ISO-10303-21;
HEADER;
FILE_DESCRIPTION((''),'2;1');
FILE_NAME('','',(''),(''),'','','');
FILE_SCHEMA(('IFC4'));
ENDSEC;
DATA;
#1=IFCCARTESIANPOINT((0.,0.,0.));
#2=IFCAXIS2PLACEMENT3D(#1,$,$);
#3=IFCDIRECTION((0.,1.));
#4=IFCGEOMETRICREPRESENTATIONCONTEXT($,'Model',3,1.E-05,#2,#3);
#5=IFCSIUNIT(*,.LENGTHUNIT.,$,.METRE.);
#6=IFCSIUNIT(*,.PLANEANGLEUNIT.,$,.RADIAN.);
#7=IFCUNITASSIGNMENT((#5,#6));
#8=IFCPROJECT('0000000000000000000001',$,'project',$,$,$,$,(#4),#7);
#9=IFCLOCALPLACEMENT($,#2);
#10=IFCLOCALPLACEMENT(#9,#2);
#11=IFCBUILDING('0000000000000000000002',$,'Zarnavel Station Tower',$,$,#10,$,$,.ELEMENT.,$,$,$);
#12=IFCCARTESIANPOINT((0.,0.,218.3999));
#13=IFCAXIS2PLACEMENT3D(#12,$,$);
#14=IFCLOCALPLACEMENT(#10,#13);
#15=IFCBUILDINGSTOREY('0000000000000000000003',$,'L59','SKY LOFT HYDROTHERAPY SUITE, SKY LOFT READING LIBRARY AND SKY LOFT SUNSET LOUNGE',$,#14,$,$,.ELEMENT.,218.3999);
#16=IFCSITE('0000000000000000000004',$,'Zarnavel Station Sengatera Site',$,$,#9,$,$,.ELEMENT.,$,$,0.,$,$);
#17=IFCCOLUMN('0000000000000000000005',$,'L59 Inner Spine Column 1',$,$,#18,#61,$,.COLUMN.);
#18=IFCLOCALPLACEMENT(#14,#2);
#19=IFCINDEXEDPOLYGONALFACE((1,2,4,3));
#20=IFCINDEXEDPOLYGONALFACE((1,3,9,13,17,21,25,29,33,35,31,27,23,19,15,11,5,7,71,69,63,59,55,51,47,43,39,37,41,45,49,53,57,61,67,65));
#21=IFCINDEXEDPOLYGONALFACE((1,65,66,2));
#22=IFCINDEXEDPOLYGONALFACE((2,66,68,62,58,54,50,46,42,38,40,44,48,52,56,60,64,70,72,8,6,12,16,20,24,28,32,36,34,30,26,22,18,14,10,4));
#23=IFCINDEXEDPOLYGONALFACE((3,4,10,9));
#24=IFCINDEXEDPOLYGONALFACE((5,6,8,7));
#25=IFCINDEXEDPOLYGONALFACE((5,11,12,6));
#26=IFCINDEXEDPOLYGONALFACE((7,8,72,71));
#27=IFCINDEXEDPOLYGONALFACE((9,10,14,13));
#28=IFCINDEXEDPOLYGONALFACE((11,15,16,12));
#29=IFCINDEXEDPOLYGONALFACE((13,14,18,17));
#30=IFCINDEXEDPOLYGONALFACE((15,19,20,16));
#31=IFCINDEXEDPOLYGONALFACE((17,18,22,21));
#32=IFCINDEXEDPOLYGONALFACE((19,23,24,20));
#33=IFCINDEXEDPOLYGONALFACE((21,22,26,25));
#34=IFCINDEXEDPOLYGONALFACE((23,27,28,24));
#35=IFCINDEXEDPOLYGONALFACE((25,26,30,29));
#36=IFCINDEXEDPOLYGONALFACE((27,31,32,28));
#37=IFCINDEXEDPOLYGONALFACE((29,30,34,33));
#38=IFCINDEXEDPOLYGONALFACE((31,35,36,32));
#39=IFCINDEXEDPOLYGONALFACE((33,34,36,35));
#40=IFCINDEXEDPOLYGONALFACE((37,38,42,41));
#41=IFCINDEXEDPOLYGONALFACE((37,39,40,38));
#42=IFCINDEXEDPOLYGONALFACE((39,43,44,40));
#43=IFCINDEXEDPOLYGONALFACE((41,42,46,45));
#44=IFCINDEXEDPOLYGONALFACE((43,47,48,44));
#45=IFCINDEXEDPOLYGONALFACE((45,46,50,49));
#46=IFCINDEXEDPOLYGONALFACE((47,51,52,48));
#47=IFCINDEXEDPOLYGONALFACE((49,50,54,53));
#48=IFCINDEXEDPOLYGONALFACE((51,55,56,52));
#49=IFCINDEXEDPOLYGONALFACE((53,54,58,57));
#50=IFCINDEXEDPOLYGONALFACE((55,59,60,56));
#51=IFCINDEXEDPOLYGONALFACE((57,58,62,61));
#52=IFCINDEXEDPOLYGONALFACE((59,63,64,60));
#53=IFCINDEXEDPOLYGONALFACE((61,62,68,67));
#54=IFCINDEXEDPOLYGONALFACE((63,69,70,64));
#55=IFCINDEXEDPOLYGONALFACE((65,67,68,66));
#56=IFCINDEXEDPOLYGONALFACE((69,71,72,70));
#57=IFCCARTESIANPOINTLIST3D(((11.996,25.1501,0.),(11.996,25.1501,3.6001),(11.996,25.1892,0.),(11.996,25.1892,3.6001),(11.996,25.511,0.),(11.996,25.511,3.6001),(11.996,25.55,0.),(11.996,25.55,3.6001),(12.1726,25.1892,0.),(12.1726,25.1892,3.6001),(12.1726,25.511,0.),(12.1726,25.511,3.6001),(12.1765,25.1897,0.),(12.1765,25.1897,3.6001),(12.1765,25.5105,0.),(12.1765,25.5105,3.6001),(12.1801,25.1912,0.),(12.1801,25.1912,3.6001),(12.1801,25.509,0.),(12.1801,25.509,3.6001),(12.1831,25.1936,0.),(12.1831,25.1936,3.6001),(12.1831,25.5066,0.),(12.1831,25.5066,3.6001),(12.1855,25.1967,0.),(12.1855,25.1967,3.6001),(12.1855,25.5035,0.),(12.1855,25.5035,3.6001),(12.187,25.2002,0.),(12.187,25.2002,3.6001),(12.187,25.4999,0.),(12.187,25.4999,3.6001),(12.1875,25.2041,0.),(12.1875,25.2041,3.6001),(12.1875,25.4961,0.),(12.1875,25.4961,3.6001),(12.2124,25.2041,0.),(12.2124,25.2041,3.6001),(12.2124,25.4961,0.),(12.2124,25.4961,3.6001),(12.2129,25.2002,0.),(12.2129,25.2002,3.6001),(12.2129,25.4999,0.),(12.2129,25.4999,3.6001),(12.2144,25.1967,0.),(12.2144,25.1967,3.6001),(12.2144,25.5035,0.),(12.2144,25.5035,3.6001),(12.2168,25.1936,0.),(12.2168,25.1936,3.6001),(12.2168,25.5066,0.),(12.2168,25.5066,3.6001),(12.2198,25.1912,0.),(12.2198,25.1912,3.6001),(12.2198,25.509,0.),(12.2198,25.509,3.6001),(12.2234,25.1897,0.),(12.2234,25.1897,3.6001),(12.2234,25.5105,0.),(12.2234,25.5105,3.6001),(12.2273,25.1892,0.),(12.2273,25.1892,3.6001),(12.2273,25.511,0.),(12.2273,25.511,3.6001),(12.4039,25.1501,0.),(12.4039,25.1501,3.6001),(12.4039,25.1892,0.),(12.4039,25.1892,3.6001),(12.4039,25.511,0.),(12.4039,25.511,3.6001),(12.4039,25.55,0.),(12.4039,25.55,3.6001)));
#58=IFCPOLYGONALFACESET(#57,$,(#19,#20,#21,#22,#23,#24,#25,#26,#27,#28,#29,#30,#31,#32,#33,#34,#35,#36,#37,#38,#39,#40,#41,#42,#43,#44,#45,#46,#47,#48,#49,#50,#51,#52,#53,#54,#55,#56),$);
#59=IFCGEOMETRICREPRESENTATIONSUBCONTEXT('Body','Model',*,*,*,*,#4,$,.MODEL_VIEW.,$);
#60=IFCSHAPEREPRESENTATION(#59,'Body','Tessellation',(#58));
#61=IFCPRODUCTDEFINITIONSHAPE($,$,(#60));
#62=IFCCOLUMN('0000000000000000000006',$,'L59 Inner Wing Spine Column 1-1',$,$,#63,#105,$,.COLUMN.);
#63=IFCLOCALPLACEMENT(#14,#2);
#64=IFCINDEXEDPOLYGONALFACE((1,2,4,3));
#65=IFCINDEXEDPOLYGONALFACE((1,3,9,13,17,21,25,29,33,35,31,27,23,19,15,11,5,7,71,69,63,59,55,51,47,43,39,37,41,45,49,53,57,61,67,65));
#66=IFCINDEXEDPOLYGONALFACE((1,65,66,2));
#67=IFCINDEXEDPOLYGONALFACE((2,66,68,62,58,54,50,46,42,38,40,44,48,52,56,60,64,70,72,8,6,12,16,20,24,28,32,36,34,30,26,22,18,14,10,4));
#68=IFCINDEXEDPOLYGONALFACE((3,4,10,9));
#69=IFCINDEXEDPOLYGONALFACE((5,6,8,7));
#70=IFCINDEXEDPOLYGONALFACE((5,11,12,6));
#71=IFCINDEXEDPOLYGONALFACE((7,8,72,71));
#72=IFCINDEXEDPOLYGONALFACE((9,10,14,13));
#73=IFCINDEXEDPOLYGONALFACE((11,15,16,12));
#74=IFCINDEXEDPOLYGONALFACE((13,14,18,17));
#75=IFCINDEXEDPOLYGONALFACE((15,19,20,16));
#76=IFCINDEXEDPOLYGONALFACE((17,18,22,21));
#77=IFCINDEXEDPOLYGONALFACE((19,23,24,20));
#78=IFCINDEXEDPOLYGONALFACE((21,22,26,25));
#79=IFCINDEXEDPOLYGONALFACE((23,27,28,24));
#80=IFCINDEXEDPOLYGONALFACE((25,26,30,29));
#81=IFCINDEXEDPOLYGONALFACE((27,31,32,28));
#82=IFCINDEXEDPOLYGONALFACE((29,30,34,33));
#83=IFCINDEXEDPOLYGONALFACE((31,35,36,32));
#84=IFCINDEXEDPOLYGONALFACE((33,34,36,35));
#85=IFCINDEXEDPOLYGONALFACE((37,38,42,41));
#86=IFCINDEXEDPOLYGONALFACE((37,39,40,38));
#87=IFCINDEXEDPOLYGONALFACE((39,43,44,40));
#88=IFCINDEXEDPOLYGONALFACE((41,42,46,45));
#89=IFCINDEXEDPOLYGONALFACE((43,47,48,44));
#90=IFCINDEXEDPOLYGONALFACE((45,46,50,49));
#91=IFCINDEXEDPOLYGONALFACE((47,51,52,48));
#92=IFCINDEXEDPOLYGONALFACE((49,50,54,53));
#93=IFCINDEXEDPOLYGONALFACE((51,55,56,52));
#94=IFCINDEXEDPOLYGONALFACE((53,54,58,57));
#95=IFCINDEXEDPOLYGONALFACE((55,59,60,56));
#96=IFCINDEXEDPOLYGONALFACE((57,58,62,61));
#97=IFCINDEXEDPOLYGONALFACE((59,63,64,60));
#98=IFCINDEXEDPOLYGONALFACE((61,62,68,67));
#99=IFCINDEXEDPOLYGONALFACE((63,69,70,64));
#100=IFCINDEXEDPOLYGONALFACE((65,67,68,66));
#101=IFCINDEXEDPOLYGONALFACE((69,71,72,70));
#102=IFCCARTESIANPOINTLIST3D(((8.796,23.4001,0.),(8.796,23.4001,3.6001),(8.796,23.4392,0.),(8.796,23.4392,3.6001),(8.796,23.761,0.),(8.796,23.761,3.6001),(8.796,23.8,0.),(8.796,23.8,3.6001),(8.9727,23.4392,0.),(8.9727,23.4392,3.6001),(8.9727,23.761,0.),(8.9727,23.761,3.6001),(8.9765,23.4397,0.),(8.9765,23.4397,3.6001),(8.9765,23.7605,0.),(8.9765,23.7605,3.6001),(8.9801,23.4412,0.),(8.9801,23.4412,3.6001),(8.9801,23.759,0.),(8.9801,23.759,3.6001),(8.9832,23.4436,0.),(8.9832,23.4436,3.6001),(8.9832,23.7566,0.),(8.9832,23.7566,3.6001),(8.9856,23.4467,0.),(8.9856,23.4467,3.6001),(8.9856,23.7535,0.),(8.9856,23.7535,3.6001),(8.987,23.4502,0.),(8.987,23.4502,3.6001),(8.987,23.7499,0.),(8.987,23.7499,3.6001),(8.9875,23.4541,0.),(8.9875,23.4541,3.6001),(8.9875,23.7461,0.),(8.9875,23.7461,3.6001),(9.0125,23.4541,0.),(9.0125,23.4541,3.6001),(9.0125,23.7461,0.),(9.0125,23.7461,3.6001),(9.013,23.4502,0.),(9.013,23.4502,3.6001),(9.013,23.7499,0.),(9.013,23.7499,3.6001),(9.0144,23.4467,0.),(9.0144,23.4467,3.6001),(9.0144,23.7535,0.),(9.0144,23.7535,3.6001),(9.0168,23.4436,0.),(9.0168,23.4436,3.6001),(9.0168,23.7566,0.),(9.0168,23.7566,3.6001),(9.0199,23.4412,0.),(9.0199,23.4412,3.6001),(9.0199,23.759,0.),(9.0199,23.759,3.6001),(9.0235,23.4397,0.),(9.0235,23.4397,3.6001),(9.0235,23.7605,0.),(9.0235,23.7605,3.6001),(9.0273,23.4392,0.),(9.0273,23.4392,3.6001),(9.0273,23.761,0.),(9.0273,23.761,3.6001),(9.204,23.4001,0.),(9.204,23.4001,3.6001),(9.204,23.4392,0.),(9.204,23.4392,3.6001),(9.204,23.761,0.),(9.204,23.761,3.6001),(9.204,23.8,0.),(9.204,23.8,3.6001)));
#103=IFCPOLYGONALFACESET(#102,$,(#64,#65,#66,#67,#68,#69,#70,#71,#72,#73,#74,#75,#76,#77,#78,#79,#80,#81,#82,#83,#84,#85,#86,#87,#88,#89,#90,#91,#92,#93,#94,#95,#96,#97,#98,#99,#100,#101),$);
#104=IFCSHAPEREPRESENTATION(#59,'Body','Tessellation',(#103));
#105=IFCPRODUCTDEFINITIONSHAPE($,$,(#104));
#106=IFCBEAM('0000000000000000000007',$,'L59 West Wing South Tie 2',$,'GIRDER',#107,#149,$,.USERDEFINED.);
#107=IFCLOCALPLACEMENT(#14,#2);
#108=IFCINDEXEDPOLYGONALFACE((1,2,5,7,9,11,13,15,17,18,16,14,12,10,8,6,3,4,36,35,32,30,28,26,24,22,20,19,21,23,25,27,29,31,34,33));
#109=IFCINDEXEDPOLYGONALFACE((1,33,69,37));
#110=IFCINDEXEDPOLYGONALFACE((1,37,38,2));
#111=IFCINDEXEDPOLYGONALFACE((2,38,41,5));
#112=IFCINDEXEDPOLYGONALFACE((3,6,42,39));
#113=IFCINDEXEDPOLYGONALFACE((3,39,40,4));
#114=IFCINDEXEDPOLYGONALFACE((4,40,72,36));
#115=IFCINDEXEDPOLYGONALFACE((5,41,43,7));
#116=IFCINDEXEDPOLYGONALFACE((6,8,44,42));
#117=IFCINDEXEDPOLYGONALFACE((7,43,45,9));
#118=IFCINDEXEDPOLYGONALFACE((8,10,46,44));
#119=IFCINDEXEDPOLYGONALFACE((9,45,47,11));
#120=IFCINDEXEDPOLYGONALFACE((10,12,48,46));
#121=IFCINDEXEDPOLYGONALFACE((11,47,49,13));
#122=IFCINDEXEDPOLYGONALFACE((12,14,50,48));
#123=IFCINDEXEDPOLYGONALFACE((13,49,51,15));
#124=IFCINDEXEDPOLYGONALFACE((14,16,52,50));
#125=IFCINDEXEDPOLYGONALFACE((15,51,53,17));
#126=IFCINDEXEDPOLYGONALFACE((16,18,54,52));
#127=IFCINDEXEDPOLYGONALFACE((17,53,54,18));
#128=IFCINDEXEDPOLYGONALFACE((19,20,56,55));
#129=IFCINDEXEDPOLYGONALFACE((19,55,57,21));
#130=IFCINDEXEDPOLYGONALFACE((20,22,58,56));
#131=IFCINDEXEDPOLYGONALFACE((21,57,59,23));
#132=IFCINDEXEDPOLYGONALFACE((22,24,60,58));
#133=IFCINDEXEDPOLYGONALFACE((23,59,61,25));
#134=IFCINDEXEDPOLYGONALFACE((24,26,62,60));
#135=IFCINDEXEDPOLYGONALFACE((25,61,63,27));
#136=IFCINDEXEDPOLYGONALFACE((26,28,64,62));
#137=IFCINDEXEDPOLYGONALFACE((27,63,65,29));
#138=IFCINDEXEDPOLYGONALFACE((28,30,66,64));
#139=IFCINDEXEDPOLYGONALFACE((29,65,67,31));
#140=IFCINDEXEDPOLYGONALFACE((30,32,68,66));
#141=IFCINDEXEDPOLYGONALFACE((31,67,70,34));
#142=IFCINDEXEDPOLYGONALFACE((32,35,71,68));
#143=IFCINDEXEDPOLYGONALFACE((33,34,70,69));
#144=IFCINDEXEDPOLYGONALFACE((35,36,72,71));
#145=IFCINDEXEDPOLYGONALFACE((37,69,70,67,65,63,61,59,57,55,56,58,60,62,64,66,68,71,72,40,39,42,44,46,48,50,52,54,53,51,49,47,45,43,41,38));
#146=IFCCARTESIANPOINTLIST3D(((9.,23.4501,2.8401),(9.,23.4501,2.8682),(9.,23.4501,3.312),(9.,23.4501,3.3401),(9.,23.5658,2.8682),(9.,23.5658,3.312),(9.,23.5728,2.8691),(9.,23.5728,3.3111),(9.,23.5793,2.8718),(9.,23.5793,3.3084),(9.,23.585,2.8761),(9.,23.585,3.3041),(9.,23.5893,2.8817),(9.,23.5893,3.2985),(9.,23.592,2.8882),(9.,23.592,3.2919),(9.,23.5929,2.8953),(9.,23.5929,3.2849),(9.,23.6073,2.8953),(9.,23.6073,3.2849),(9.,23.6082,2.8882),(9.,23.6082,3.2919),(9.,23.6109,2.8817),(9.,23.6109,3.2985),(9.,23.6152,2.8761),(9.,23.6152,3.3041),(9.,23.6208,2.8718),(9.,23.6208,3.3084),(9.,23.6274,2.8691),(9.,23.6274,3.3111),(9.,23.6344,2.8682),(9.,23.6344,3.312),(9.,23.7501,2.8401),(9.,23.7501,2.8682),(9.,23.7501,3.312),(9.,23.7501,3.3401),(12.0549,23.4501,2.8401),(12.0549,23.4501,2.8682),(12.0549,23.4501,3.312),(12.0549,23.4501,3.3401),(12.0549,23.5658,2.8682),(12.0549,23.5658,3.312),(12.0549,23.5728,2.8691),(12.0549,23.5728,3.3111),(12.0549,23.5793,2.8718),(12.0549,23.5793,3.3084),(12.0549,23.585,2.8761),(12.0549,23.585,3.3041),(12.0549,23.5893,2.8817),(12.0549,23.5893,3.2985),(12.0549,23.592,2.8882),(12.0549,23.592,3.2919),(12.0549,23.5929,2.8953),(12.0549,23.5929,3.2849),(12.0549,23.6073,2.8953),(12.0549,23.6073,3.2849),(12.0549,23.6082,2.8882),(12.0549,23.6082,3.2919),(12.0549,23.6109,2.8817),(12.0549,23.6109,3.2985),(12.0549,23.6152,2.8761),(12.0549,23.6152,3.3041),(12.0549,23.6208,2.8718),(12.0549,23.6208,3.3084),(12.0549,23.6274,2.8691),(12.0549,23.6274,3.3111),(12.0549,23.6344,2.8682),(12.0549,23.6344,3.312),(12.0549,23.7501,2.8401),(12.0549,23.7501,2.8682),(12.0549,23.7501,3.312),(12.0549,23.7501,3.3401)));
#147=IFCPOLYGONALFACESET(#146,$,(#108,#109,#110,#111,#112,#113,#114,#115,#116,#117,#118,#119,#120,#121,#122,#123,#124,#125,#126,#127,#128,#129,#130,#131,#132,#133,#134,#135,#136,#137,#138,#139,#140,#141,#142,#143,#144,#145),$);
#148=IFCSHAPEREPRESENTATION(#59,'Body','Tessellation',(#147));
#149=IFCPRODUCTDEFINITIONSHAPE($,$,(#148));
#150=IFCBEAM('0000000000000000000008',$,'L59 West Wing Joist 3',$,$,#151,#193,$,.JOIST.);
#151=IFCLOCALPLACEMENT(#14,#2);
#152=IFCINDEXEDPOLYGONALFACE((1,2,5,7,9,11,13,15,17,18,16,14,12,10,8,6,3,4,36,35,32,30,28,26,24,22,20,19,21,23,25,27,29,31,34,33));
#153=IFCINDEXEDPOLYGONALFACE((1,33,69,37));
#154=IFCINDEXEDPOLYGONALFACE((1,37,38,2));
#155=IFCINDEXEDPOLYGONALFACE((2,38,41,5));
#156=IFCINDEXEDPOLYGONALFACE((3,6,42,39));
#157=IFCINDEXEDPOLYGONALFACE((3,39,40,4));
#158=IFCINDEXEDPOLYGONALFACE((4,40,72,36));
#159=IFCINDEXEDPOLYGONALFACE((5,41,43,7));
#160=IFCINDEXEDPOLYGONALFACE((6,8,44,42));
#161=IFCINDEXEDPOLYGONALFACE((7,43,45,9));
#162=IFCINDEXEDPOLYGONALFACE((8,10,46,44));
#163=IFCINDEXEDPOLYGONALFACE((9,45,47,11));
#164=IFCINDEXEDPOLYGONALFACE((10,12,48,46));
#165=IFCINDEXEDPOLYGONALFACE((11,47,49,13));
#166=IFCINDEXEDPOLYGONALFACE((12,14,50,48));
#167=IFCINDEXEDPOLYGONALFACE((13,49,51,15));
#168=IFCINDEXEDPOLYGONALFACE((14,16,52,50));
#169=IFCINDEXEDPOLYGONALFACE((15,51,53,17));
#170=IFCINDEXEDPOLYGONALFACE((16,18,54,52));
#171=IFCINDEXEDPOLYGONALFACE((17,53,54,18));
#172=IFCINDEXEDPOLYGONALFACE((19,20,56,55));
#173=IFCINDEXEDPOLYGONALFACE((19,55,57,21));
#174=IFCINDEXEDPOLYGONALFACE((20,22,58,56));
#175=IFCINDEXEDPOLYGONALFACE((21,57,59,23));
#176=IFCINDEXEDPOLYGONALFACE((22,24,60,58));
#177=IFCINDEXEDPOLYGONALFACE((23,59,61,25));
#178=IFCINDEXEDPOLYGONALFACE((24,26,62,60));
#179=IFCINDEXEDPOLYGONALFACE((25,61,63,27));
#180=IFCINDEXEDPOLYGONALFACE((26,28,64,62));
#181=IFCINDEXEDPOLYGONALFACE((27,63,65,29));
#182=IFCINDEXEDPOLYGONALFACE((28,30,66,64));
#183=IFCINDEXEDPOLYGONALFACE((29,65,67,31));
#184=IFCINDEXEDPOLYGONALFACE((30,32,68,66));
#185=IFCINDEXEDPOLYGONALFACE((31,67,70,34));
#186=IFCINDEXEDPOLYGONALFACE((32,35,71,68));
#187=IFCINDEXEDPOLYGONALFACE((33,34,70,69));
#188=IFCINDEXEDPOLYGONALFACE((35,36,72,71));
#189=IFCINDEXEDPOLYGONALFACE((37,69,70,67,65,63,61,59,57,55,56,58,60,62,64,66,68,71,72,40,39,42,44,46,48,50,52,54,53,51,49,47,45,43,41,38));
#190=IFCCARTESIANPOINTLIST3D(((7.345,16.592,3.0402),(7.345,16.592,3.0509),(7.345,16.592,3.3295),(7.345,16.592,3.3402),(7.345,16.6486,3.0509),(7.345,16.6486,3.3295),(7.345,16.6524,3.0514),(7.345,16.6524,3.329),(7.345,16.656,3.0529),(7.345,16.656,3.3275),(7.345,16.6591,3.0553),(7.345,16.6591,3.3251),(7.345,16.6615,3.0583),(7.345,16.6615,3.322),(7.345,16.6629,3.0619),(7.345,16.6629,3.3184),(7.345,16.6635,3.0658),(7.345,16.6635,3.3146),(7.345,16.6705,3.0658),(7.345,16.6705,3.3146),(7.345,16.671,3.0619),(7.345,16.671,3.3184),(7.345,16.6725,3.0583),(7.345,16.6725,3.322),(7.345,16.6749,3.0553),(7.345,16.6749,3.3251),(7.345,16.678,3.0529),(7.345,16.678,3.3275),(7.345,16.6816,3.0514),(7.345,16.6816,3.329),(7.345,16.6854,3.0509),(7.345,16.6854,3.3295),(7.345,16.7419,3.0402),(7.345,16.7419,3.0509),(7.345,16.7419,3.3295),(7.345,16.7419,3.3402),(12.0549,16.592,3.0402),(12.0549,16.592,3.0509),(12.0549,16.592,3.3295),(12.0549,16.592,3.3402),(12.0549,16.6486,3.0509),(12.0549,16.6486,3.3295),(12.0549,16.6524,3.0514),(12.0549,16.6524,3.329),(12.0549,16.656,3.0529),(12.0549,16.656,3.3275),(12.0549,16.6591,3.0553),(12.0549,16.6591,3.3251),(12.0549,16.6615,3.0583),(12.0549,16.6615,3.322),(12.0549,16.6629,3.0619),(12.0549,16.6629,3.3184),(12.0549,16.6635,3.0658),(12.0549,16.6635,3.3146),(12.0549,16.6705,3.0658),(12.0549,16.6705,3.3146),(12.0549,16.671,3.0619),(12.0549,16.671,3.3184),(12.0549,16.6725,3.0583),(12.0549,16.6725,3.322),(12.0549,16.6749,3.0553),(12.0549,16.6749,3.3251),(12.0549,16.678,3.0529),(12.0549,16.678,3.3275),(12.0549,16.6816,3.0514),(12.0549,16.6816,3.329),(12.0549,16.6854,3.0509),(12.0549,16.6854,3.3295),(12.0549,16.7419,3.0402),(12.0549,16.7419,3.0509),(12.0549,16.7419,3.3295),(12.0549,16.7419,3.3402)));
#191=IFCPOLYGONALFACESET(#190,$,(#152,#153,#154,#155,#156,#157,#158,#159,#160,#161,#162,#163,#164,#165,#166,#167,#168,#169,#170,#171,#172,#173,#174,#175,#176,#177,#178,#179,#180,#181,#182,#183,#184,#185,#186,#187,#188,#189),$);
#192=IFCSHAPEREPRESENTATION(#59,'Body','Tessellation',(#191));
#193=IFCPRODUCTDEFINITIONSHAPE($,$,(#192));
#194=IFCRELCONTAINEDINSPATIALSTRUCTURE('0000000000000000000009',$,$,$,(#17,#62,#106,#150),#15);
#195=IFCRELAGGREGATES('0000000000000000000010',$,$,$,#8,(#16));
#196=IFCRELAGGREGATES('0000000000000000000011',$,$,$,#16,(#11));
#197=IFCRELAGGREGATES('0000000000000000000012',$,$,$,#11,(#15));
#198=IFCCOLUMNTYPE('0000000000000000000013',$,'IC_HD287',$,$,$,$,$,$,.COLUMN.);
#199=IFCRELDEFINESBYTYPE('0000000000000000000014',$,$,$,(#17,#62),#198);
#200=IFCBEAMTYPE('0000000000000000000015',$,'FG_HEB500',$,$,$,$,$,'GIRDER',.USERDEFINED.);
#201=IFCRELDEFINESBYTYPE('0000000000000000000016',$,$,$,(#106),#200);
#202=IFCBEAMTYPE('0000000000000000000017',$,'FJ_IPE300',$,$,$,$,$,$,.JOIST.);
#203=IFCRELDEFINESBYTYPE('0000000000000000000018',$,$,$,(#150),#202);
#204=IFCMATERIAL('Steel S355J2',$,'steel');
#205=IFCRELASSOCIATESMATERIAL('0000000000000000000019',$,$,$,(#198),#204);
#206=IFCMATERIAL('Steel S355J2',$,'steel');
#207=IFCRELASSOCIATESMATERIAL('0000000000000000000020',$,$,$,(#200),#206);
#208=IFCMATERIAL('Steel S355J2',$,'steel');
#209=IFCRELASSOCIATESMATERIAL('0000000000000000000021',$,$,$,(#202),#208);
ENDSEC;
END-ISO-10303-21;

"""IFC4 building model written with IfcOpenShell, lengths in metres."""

from ifc_helpers import new_model, si_unit, direction, frame, origin, origin_2d, place, context, subcontext, project, spatial, i_section, extrude, material, material_profile, profile_set, type_object, element, save


model = new_model("IFC4")

# Units and contexts
model_context = context("Model", 3, precision=1e-05, world=origin(), true_north=direction((0.0, 1.0)))
body_context = subcontext(model_context, "Body", "Model", "MODEL_VIEW")
ifc_project = project(units=[si_unit("LENGTHUNIT", "METRE"), si_unit("PLANEANGLEUNIT", "RADIAN")], contexts=[model_context])

# Site, building, storey
site_placement = place(None, origin())
site = spatial("IfcSite", under=ifc_project, at=site_placement, Name="Zarnavel Station Sengatera Site", CompositionType="ELEMENT", RefElevation=0.0)
building_placement = place(site_placement, origin())
building = spatial("IfcBuilding", under=site, at=building_placement, Name="Zarnavel Station Tower", CompositionType="ELEMENT")
storey_placement = place(building_placement, frame((0.0, 0.0, 218.3999)))
storey = spatial("IfcBuildingStorey", under=building, at=storey_placement, Name="L59", Description="SKY LOFT HYDROTHERAPY SUITE, SKY LOFT READING LIBRARY AND SKY LOFT SUNSET LOUNGE", CompositionType="ELEMENT", Elevation=218.3999)

# Columns
ifc_material_1 = material(Name="Steel S355J2", Category="steel")
ifc_material_profile_1 = material_profile(ifc_material_1, i_section(OverallWidth=0.408, OverallDepth=0.3999, WebThickness=0.0249, FlangeThickness=0.0391, FilletRadius=0.0149, at=origin_2d()), Name="HD400x287")
ifc_profile_set_1 = profile_set([ifc_material_profile_1], Name="Steel S355J2")
column_type = type_object("IfcColumnType", Name="IC_HD287", PredefinedType="COLUMN", material=ifc_profile_set_1)
for number, where, z_axis, x_axis, name in (
    (1, (12.2, 25.3501, 0.0), (0.0, 0.0, 1.0), (1.0, 0.0, 0.0), "L59 Inner Spine Column 1"),
    (2, (9.0, 23.6001, 0.0), (0.0, 0.0, 1.0), (1.0, 0.0, 0.0), "L59 Inner Wing Spine Column 1-1"),
):
    element("IfcColumn", number, at=place(storey_placement, frame(where, z_axis=z_axis, x_axis=x_axis)), inside=storey, type_object=column_type, Name=name, PredefinedType="COLUMN", context=body_context, shape_type="SweptSolid", body=[
        extrude(i_section(OverallWidth=0.408, OverallDepth=0.3999, WebThickness=0.0249, FlangeThickness=0.0391, FilletRadius=0.0149, at=origin_2d()), origin(), (0.0, 0.0, 1.0), 3.6001),
    ])

# Beams
ifc_material_2 = material(Name="Steel S355J2", Category="steel")
ifc_material_profile_2 = material_profile(ifc_material_2, i_section(OverallWidth=0.3, OverallDepth=0.5, WebThickness=0.0144, FlangeThickness=0.0281, FilletRadius=0.0271, at=origin_2d()), Name="HEB500")
ifc_profile_set_2 = profile_set([ifc_material_profile_2], Name="Steel S355J2")
beam_type_1 = type_object("IfcBeamType", Name="FG_HEB500", ElementType="GIRDER", PredefinedType="USERDEFINED", material=ifc_profile_set_2)
beam_placement = place(storey_placement, frame((9.0, 23.6001, 3.0901), z_axis=(1.0, 0.0, 0.0), x_axis=(0.0, 1.0, 0.0)))
element("IfcBeam", 3, at=beam_placement, inside=storey, type_object=beam_type_1, Name="L59 West Wing South Tie 2", ObjectType="GIRDER", PredefinedType="USERDEFINED", context=body_context, shape_type="SweptSolid", body=[
    extrude(i_section(OverallWidth=0.3, OverallDepth=0.5, WebThickness=0.0144, FlangeThickness=0.0281, FilletRadius=0.0271, at=origin_2d()), origin(), (0.0, 0.0, 1.0), 3.0549),
])
ifc_material_3 = material(Name="Steel S355J2", Category="steel")
ifc_material_profile_3 = material_profile(ifc_material_3, i_section(OverallWidth=0.1499, OverallDepth=0.3, WebThickness=0.0071, FlangeThickness=0.0107, FilletRadius=0.0149, at=origin_2d()), Name="IPE300")
ifc_profile_set_3 = profile_set([ifc_material_profile_3], Name="Steel S355J2")
beam_type_2 = type_object("IfcBeamType", Name="FJ_IPE300", PredefinedType="JOIST", material=ifc_profile_set_3)
for number, where, z_axis, x_axis, name in (
    (4, (7.345, 16.667, 3.1902), (1.0, 0.0, 0.0), (0.0, 1.0, 0.0), "L59 West Wing Joist 3"),
):
    element("IfcBeam", number, at=place(storey_placement, frame(where, z_axis=z_axis, x_axis=x_axis)), inside=storey, type_object=beam_type_2, Name=name, PredefinedType="JOIST", context=body_context, shape_type="SweptSolid", body=[
        extrude(i_section(OverallWidth=0.1499, OverallDepth=0.3, WebThickness=0.0071, FlangeThickness=0.0107, FilletRadius=0.0149, at=origin_2d()), origin(), (0.0, 0.0, 1.0), 4.71),
    ])

save(model, "model.ifc")
